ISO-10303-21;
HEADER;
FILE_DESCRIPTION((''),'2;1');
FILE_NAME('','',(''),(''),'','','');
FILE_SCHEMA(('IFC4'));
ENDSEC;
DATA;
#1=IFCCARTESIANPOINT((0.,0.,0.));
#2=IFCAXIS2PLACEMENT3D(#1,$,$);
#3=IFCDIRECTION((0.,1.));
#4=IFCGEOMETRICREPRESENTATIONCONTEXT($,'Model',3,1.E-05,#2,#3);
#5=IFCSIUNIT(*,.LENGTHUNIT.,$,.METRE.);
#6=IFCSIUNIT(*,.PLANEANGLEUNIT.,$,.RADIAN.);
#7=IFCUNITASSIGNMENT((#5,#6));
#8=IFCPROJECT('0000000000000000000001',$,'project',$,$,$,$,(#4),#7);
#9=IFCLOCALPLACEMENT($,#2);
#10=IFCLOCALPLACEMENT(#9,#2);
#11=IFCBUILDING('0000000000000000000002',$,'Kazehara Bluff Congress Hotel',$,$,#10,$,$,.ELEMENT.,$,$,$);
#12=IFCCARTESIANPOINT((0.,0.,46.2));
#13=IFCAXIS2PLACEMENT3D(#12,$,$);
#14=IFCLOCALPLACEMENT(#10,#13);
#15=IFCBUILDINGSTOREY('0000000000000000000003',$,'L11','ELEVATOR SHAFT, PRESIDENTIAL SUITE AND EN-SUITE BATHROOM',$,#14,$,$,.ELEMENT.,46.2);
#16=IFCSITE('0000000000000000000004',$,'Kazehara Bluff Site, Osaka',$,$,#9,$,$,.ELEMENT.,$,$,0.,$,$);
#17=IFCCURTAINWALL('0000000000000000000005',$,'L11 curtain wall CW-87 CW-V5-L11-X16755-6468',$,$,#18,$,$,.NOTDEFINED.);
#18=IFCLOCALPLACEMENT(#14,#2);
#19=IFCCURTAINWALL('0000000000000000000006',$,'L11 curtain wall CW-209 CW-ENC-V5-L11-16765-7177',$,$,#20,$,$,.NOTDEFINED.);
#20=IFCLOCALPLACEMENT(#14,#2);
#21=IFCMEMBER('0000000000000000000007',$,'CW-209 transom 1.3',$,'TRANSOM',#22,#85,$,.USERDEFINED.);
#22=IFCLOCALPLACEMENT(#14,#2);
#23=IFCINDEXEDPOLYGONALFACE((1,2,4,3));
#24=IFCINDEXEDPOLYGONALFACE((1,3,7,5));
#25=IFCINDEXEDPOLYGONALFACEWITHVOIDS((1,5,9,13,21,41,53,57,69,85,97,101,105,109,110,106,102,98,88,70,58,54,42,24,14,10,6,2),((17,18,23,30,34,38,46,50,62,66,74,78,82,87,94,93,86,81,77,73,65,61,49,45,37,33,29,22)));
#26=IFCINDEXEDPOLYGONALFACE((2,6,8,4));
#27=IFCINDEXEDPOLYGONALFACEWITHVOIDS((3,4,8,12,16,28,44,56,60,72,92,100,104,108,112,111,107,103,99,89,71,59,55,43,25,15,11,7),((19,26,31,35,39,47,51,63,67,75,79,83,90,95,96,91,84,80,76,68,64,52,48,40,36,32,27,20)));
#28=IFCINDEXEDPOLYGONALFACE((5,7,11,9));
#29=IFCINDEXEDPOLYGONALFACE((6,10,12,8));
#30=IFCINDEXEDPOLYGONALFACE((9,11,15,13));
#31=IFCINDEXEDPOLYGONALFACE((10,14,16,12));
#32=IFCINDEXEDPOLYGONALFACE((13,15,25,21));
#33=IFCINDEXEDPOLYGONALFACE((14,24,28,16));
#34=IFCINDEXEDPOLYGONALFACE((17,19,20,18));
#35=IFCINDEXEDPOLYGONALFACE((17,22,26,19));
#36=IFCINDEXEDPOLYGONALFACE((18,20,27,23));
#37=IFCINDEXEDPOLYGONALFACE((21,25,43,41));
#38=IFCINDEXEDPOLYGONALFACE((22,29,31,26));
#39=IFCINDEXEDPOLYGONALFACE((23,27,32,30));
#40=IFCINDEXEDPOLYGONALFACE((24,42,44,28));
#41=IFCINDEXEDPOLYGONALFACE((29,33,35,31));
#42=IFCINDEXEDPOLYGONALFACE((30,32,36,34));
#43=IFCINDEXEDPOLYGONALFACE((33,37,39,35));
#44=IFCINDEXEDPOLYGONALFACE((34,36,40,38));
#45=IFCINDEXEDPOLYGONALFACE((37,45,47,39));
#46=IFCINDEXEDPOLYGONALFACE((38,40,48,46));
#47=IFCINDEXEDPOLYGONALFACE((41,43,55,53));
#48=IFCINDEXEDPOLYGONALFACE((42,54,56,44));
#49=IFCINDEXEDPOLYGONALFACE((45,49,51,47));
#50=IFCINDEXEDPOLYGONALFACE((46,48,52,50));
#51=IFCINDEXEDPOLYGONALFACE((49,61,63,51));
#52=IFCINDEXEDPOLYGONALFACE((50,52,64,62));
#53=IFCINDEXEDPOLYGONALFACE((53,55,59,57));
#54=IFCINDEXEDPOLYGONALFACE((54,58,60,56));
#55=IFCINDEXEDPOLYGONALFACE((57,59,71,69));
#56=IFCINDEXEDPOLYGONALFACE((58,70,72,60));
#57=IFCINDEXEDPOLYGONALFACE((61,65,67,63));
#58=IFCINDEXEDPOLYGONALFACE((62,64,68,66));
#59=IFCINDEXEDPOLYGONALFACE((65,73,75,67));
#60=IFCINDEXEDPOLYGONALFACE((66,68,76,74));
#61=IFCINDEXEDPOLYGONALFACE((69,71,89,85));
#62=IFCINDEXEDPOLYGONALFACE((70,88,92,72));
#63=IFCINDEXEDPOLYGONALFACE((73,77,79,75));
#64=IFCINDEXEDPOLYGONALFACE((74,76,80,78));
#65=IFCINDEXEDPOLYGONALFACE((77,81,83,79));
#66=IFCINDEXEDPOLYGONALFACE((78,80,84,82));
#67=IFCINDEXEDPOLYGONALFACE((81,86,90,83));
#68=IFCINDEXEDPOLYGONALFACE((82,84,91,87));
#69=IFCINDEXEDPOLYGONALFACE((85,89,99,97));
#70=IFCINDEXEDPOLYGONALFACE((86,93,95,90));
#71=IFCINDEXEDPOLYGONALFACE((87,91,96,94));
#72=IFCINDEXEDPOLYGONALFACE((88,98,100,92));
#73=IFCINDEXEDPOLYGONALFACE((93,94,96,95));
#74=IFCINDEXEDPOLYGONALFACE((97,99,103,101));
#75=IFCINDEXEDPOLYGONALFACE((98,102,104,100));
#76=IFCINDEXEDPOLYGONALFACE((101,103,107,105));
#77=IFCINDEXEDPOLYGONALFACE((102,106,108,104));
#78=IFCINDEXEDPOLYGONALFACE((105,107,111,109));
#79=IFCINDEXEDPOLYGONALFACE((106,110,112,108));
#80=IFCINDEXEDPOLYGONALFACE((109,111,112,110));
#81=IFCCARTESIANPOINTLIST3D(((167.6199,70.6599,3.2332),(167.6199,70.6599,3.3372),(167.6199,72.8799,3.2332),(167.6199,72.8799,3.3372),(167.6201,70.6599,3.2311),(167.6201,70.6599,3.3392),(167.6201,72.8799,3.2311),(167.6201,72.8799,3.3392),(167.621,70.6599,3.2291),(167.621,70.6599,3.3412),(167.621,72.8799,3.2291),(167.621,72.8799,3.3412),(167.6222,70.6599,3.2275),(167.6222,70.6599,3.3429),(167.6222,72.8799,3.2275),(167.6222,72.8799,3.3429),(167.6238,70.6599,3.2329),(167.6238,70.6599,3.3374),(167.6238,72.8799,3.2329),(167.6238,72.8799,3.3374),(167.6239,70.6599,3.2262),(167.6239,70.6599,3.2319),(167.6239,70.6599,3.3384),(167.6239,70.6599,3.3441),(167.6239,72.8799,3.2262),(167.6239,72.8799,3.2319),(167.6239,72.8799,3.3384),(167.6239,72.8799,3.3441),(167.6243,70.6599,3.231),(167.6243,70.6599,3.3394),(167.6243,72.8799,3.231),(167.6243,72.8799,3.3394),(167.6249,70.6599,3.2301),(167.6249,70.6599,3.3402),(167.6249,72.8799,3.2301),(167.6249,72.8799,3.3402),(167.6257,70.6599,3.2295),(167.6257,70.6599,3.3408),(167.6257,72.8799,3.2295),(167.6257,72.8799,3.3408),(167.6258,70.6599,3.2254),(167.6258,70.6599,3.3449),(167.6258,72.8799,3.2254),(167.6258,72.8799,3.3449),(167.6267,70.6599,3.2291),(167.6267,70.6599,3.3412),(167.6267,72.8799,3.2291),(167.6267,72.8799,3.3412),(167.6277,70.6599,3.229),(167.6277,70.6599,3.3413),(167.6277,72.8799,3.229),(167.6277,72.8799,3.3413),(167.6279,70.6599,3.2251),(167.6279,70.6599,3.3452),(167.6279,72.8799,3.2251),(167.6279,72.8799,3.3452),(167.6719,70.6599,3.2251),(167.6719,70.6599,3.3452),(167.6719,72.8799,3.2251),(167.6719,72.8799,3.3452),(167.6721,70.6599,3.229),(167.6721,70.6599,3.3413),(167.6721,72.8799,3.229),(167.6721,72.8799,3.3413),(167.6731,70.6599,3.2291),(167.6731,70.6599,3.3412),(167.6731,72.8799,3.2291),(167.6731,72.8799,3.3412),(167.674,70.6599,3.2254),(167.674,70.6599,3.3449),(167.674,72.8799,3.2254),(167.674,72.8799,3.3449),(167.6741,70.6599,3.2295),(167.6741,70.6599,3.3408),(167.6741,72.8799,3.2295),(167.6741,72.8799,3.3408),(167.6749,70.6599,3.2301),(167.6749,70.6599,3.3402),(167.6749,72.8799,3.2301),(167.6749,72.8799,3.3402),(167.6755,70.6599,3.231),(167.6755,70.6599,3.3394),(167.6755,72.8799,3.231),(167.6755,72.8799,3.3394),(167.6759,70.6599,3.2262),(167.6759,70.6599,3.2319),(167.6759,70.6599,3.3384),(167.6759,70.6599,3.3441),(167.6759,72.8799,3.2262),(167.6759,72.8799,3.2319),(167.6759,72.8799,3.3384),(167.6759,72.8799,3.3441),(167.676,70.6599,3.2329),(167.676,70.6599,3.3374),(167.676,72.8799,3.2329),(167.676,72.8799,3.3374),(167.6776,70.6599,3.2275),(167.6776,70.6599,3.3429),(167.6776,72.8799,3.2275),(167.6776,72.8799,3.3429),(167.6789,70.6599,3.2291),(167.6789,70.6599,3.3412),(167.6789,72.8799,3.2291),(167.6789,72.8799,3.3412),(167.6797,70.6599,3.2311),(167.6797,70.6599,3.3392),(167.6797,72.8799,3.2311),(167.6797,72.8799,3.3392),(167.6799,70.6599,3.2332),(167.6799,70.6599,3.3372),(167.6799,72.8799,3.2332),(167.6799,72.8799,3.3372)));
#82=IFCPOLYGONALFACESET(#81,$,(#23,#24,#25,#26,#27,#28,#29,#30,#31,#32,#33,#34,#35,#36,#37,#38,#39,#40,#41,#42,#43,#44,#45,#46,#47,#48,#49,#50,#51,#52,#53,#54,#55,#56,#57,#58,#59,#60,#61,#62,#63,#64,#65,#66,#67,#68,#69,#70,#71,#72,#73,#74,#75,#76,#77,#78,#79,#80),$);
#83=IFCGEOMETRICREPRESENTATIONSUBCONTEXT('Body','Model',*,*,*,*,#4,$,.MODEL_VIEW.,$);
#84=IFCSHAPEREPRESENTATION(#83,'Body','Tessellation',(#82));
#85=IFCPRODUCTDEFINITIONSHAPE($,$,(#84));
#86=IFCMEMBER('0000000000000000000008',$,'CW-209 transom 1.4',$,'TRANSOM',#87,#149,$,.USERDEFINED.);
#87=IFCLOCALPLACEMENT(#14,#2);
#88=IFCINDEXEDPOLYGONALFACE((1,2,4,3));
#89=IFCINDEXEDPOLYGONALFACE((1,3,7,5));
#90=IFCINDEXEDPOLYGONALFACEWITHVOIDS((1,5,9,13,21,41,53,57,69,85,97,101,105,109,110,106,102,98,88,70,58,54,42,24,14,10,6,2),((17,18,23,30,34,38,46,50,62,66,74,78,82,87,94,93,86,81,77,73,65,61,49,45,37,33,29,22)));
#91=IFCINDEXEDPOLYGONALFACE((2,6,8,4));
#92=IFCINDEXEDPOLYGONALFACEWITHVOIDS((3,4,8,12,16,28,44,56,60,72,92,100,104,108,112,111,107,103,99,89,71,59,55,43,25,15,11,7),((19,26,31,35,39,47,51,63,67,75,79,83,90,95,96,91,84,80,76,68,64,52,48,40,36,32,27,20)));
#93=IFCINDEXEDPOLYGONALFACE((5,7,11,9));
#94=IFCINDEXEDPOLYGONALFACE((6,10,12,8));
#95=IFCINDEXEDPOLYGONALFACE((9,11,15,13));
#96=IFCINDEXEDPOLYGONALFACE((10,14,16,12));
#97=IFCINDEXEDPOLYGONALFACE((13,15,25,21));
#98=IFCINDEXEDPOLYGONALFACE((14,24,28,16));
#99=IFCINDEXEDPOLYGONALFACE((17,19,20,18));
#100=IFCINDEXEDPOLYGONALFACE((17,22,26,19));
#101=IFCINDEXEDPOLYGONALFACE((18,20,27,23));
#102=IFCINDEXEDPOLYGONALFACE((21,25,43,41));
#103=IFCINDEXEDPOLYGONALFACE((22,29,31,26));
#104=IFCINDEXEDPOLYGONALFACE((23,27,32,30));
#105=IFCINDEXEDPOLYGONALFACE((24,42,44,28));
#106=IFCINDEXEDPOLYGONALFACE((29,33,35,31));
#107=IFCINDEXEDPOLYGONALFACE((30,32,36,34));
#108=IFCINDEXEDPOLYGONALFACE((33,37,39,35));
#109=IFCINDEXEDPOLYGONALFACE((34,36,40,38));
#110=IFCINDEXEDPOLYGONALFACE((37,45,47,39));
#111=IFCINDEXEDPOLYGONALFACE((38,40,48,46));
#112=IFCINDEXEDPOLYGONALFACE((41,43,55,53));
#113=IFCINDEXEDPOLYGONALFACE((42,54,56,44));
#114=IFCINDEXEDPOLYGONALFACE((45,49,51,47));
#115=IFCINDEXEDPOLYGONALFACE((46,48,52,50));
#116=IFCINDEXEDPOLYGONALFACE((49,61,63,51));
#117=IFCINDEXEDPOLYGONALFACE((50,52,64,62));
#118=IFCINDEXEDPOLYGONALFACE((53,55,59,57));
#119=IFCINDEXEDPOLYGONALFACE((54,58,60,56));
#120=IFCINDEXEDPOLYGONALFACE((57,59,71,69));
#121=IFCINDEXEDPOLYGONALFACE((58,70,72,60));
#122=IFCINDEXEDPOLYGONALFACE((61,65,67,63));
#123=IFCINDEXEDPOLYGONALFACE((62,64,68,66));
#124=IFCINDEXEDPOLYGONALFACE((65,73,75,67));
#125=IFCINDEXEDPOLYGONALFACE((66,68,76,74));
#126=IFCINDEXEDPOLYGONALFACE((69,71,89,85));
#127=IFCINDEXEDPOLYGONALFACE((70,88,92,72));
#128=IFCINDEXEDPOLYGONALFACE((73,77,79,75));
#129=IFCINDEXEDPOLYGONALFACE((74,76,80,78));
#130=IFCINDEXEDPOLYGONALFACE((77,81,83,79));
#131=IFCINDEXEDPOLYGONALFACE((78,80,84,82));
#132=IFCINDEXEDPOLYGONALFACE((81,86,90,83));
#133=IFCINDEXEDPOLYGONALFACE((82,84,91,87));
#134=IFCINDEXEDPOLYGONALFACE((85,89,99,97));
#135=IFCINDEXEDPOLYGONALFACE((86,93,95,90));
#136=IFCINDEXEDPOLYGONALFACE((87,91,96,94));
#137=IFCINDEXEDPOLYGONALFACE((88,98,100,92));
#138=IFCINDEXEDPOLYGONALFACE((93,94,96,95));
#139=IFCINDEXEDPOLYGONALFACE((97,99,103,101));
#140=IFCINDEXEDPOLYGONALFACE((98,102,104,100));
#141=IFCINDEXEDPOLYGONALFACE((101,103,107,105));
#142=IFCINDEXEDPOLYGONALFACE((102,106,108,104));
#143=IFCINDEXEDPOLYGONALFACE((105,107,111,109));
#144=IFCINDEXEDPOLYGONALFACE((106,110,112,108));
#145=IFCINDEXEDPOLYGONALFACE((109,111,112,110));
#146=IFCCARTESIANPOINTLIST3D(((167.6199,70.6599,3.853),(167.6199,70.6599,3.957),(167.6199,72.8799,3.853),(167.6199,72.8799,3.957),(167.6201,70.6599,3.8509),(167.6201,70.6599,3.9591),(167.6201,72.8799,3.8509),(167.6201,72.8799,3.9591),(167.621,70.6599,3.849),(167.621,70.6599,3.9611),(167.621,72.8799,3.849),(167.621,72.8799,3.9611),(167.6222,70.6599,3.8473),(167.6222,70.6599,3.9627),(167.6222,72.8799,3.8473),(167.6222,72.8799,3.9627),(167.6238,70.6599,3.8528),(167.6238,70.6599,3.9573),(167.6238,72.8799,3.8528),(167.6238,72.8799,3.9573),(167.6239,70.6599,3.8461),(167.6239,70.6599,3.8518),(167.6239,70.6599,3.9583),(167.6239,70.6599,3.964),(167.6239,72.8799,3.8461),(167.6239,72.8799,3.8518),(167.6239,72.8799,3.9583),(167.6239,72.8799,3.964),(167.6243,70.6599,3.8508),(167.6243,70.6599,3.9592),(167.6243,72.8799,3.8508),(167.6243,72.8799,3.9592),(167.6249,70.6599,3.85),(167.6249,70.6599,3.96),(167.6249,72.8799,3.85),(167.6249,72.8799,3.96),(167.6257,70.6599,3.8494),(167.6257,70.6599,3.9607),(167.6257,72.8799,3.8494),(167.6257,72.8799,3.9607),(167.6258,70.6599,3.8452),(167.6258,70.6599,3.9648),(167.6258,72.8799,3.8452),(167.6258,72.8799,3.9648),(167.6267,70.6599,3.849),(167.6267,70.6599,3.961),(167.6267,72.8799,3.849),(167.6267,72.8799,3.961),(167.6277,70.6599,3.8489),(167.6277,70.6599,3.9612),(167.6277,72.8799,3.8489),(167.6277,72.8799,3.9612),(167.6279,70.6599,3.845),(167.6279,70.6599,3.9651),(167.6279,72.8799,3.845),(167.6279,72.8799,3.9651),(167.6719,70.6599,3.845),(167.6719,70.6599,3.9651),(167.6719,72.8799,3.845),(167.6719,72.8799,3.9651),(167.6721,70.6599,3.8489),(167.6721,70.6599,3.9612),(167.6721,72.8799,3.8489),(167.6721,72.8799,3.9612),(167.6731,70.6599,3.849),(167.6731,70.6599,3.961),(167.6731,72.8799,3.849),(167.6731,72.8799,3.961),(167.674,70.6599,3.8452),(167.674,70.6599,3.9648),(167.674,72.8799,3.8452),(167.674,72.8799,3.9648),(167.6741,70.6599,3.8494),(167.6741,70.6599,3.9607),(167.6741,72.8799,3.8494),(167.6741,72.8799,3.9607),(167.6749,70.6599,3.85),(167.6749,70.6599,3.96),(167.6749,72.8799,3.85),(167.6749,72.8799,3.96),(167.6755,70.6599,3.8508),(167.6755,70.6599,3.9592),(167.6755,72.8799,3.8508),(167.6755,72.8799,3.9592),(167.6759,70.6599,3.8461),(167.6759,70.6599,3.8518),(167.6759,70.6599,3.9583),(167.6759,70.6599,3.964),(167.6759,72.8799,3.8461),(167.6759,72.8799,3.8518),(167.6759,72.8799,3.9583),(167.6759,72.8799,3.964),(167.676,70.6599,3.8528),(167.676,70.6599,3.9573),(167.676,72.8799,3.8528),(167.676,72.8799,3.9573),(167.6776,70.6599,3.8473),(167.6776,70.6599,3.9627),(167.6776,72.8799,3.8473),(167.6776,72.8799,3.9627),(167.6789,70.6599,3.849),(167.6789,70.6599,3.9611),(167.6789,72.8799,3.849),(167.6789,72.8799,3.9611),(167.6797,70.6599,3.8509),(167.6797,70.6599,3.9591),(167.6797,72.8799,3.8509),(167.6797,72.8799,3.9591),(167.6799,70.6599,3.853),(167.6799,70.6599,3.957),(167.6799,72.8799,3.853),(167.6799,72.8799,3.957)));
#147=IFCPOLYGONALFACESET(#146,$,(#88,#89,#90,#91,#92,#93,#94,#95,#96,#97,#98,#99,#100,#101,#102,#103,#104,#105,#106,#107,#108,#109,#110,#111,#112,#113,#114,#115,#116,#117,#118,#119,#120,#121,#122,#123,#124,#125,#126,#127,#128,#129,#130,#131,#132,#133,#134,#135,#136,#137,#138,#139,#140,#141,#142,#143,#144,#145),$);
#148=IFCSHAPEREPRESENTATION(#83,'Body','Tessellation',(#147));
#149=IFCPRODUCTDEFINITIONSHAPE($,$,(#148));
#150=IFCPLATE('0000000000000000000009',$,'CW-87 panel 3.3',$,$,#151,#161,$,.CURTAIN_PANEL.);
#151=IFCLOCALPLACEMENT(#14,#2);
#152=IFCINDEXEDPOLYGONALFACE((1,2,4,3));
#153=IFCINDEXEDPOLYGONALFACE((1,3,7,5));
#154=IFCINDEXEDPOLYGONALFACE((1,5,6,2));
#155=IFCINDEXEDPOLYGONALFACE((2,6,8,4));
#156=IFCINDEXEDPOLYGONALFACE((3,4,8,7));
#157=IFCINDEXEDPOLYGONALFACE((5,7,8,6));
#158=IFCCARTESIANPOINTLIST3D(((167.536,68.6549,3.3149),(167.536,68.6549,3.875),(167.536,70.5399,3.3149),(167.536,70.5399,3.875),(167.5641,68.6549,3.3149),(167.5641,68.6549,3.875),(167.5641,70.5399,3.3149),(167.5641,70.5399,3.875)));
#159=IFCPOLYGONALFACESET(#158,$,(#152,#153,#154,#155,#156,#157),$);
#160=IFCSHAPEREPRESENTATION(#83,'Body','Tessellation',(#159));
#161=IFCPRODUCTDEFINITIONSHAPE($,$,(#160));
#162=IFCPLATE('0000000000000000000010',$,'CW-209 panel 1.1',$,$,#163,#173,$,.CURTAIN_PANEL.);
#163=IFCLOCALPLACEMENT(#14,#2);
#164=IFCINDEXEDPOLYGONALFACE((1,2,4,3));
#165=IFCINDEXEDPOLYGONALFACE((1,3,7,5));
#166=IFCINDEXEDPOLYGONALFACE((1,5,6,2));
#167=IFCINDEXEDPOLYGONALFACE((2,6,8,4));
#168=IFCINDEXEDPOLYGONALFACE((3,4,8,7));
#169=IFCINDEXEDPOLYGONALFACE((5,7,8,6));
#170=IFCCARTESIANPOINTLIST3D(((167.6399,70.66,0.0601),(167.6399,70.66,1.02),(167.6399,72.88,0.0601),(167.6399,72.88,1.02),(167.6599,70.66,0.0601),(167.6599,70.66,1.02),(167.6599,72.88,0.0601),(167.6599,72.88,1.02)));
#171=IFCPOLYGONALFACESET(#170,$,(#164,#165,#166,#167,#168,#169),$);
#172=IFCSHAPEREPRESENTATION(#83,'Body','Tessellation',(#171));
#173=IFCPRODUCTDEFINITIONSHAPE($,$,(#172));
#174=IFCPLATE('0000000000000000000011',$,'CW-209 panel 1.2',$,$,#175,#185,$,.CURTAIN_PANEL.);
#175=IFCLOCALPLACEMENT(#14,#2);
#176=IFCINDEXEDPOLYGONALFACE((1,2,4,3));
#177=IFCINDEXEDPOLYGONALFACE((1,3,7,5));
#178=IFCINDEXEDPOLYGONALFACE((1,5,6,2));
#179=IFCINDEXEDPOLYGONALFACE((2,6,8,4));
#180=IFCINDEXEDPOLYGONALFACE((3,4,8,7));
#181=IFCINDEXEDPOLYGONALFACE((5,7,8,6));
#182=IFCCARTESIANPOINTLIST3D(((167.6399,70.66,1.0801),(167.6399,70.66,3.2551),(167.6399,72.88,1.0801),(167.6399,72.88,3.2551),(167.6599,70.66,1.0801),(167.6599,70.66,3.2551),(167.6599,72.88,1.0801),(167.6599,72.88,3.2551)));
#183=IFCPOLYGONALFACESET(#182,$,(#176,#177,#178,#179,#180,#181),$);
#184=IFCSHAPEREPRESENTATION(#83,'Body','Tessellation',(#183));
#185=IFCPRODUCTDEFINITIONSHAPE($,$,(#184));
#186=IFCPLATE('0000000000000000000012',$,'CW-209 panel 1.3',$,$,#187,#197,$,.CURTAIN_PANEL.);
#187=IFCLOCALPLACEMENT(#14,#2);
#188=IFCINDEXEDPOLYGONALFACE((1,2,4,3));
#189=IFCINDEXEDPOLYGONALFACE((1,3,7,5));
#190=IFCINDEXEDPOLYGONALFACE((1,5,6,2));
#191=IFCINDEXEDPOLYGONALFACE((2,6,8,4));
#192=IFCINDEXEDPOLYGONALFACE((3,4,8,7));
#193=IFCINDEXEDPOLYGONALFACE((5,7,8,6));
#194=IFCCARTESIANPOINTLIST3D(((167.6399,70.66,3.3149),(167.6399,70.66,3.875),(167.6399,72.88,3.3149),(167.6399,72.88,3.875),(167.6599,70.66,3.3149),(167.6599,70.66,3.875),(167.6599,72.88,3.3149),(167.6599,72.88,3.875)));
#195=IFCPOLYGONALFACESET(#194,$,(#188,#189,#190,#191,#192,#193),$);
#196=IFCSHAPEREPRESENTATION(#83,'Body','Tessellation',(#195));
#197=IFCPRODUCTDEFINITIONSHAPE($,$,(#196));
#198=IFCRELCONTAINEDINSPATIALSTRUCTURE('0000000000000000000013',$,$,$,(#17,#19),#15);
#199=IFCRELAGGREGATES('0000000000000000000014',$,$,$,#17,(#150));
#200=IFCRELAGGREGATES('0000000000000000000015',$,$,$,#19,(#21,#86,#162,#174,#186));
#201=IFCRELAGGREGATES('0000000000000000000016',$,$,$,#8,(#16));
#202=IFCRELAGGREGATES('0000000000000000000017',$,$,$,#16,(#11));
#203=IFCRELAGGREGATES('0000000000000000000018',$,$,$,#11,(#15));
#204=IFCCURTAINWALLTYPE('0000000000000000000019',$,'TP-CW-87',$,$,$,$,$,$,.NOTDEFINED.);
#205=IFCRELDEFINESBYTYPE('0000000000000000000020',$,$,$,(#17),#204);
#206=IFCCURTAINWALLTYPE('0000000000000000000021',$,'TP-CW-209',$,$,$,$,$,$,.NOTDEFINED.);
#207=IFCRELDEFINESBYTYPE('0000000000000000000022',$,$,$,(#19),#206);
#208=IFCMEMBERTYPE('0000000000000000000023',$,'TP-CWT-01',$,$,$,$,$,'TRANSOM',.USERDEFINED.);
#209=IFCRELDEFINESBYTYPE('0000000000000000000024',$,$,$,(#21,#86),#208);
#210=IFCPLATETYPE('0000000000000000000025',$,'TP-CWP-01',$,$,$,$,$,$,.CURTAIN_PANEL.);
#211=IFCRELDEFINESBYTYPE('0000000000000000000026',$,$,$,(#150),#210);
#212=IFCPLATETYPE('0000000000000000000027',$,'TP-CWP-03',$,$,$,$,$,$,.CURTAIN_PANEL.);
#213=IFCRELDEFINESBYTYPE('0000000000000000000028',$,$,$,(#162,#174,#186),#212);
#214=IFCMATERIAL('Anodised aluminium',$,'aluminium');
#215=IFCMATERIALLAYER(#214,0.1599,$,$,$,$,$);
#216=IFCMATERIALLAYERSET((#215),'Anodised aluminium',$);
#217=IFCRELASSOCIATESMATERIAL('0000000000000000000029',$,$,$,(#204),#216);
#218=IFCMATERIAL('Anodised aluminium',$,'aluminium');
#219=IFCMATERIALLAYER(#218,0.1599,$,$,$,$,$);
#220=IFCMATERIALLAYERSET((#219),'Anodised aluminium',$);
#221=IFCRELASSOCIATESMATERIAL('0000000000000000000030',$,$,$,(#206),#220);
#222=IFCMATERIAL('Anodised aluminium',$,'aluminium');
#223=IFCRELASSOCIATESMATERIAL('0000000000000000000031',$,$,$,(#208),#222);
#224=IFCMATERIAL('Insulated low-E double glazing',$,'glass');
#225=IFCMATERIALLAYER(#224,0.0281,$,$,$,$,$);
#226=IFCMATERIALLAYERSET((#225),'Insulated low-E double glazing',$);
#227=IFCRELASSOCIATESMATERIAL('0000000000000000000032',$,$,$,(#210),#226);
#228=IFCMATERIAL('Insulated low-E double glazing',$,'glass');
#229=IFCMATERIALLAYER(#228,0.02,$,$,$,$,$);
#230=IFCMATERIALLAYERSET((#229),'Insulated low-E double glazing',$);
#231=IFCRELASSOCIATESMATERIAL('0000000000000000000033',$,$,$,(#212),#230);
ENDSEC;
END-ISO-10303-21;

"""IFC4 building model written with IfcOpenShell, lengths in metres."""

from ifc_helpers import new_model, si_unit, direction, frame, origin, origin_2d, place, context, subcontext, project, spatial, rectangle, hollow_rectangle, extrude, material, layer, layer_set, material_profile, profile_set, type_object, element, aggregate, save


model = new_model("IFC4")

# Units and contexts
model_context = context("Model", 3, precision=1e-05, world=origin(), true_north=direction((0.0, 1.0)))
body_context = subcontext(model_context, "Body", "Model", "MODEL_VIEW")
ifc_project = project(units=[si_unit("LENGTHUNIT", "METRE"), si_unit("PLANEANGLEUNIT", "RADIAN")], contexts=[model_context])

# Site, building, storey
site_placement = place(None, origin())
site = spatial("IfcSite", under=ifc_project, at=site_placement, Name="Kazehara Bluff Site, Osaka", CompositionType="ELEMENT", RefElevation=0.0)
building_placement = place(site_placement, origin())
building = spatial("IfcBuilding", under=site, at=building_placement, Name="Kazehara Bluff Congress Hotel", CompositionType="ELEMENT")
storey_placement = place(building_placement, frame((0.0, 0.0, 46.2)))
storey = spatial("IfcBuildingStorey", under=building, at=storey_placement, Name="L11", Description="ELEVATOR SHAFT, PRESIDENTIAL SUITE AND EN-SUITE BATHROOM", CompositionType="ELEMENT", Elevation=46.2)

# Curtain wall
ifc_material_1 = material(Name="Anodised aluminium", Category="aluminium")
ifc_layer_1 = layer(ifc_material_1, 0.1599)
ifc_layer_set_1 = layer_set([ifc_layer_1], Name="Anodised aluminium")
curtain_wall_type_1 = type_object("IfcCurtainWallType", Name="TP-CW-87", PredefinedType="NOTDEFINED", material=ifc_layer_set_1)
curtain_wall_1_placement = place(storey_placement, origin())
curtain_wall_1 = element("IfcCurtainWall", 1, at=curtain_wall_1_placement, inside=storey, type_object=curtain_wall_type_1, Name="L11 curtain wall CW-87 CW-V5-L11-X16755-6468", PredefinedType="NOTDEFINED")

# Curtain wall
ifc_material_2 = material(Name="Anodised aluminium", Category="aluminium")
ifc_layer_2 = layer(ifc_material_2, 0.1599)
ifc_layer_set_2 = layer_set([ifc_layer_2], Name="Anodised aluminium")
curtain_wall_type_2 = type_object("IfcCurtainWallType", Name="TP-CW-209", PredefinedType="NOTDEFINED", material=ifc_layer_set_2)
curtain_wall_2_placement = place(storey_placement, origin())
curtain_wall_2 = element("IfcCurtainWall", 2, at=curtain_wall_2_placement, inside=storey, type_object=curtain_wall_type_2, Name="L11 curtain wall CW-209 CW-ENC-V5-L11-16765-7177", PredefinedType="NOTDEFINED")

# Members
ifc_material_3 = material(Name="Anodised aluminium", Category="aluminium")
ifc_material_profile_1 = material_profile(ifc_material_3, hollow_rectangle(XDim=0.0601, YDim=0.1201, WallThickness=0.0039, InnerFilletRadius=0.0039, OuterFilletRadius=0.0081, at=origin_2d()))
ifc_profile_set_1 = profile_set([ifc_material_profile_1], Name="Anodised aluminium")
member_type_1 = type_object("IfcMemberType", Name="TP-CWT-01", ElementType="TRANSOM", PredefinedType="USERDEFINED", material=ifc_profile_set_1)
member_1_placement = place(storey_placement, frame((167.6499, 72.8799, 3.2852), z_axis=(0.0, -1.0, 0.0), x_axis=(1.0, 0.0, 0.0)))
member_1 = element("IfcMember", 3, at=member_1_placement, type_object=member_type_1, Name="CW-209 transom 1.3", ObjectType="TRANSOM", PredefinedType="USERDEFINED", context=body_context, shape_type="SweptSolid", body=[
    extrude(hollow_rectangle(XDim=0.0601, YDim=0.1201, WallThickness=0.0039, InnerFilletRadius=0.0039, OuterFilletRadius=0.0081, at=origin_2d()), origin(), (0.0, 0.0, 1.0), 2.22),
])
member_2_placement = place(storey_placement, frame((167.6499, 72.8799, 3.905), z_axis=(0.0, -1.0, 0.0), x_axis=(1.0, 0.0, 0.0)))
member_2 = element("IfcMember", 4, at=member_2_placement, type_object=member_type_1, Name="CW-209 transom 1.4", ObjectType="TRANSOM", PredefinedType="USERDEFINED", context=body_context, shape_type="SweptSolid", body=[
    extrude(hollow_rectangle(XDim=0.0601, YDim=0.1201, WallThickness=0.0039, InnerFilletRadius=0.0039, OuterFilletRadius=0.0081, at=origin_2d()), origin(), (0.0, 0.0, 1.0), 2.22),
])

# Plates
ifc_material_4 = material(Name="Insulated low-E double glazing", Category="glass")
ifc_layer_3 = layer(ifc_material_4, 0.0281)
ifc_layer_set_3 = layer_set([ifc_layer_3], Name="Insulated low-E double glazing")
plate_type_1 = type_object("IfcPlateType", Name="TP-CWP-01", PredefinedType="CURTAIN_PANEL", material=ifc_layer_set_3)
plate_1_placement = place(storey_placement, frame((167.55, 69.5974, 3.3149), z_axis=(0.0, 0.0, 1.0), x_axis=(0.0, 1.0, 0.0)))
plate_1 = element("IfcPlate", 5, at=plate_1_placement, type_object=plate_type_1, Name="CW-87 panel 3.3", PredefinedType="CURTAIN_PANEL", context=body_context, shape_type="SweptSolid", body=[
    extrude(rectangle(XDim=1.885, YDim=0.0281, at=origin_2d()), origin(), (0.0, 0.0, 1.0), 0.5601),
])
aggregate(curtain_wall_1, [plate_1])
ifc_material_5 = material(Name="Insulated low-E double glazing", Category="glass")
ifc_layer_4 = layer(ifc_material_5, 0.02)
ifc_layer_set_4 = layer_set([ifc_layer_4], Name="Insulated low-E double glazing")
plate_type_2 = type_object("IfcPlateType", Name="TP-CWP-03", PredefinedType="CURTAIN_PANEL", material=ifc_layer_set_4)
plate_2_placement = place(storey_placement, frame((167.6499, 71.77, 0.0601), z_axis=(0.0, 0.0, 1.0), x_axis=(0.0, -1.0, 0.0)))
plate_2 = element("IfcPlate", 6, at=plate_2_placement, type_object=plate_type_2, Name="CW-209 panel 1.1", PredefinedType="CURTAIN_PANEL", context=body_context, shape_type="SweptSolid", body=[
    extrude(rectangle(XDim=2.22, YDim=0.02, at=origin_2d()), origin(), (0.0, 0.0, 1.0), 0.96),
])
plate_3_placement = place(storey_placement, frame((167.6499, 71.77, 1.0801), z_axis=(0.0, 0.0, 1.0), x_axis=(0.0, -1.0, 0.0)))
plate_3 = element("IfcPlate", 7, at=plate_3_placement, type_object=plate_type_2, Name="CW-209 panel 1.2", PredefinedType="CURTAIN_PANEL", context=body_context, shape_type="SweptSolid", body=[
    extrude(rectangle(XDim=2.22, YDim=0.02, at=origin_2d()), origin(), (0.0, 0.0, 1.0), 2.175),
])
plate_4_placement = place(storey_placement, frame((167.6499, 71.77, 3.3149), z_axis=(0.0, 0.0, 1.0), x_axis=(0.0, -1.0, 0.0)))
plate_4 = element("IfcPlate", 8, at=plate_4_placement, type_object=plate_type_2, Name="CW-209 panel 1.3", PredefinedType="CURTAIN_PANEL", context=body_context, shape_type="SweptSolid", body=[
    extrude(rectangle(XDim=2.22, YDim=0.02, at=origin_2d()), origin(), (0.0, 0.0, 1.0), 0.5601),
])
aggregate(curtain_wall_2, [member_1, member_2, plate_2, plate_3, plate_4])

save(model, "model.ifc")
